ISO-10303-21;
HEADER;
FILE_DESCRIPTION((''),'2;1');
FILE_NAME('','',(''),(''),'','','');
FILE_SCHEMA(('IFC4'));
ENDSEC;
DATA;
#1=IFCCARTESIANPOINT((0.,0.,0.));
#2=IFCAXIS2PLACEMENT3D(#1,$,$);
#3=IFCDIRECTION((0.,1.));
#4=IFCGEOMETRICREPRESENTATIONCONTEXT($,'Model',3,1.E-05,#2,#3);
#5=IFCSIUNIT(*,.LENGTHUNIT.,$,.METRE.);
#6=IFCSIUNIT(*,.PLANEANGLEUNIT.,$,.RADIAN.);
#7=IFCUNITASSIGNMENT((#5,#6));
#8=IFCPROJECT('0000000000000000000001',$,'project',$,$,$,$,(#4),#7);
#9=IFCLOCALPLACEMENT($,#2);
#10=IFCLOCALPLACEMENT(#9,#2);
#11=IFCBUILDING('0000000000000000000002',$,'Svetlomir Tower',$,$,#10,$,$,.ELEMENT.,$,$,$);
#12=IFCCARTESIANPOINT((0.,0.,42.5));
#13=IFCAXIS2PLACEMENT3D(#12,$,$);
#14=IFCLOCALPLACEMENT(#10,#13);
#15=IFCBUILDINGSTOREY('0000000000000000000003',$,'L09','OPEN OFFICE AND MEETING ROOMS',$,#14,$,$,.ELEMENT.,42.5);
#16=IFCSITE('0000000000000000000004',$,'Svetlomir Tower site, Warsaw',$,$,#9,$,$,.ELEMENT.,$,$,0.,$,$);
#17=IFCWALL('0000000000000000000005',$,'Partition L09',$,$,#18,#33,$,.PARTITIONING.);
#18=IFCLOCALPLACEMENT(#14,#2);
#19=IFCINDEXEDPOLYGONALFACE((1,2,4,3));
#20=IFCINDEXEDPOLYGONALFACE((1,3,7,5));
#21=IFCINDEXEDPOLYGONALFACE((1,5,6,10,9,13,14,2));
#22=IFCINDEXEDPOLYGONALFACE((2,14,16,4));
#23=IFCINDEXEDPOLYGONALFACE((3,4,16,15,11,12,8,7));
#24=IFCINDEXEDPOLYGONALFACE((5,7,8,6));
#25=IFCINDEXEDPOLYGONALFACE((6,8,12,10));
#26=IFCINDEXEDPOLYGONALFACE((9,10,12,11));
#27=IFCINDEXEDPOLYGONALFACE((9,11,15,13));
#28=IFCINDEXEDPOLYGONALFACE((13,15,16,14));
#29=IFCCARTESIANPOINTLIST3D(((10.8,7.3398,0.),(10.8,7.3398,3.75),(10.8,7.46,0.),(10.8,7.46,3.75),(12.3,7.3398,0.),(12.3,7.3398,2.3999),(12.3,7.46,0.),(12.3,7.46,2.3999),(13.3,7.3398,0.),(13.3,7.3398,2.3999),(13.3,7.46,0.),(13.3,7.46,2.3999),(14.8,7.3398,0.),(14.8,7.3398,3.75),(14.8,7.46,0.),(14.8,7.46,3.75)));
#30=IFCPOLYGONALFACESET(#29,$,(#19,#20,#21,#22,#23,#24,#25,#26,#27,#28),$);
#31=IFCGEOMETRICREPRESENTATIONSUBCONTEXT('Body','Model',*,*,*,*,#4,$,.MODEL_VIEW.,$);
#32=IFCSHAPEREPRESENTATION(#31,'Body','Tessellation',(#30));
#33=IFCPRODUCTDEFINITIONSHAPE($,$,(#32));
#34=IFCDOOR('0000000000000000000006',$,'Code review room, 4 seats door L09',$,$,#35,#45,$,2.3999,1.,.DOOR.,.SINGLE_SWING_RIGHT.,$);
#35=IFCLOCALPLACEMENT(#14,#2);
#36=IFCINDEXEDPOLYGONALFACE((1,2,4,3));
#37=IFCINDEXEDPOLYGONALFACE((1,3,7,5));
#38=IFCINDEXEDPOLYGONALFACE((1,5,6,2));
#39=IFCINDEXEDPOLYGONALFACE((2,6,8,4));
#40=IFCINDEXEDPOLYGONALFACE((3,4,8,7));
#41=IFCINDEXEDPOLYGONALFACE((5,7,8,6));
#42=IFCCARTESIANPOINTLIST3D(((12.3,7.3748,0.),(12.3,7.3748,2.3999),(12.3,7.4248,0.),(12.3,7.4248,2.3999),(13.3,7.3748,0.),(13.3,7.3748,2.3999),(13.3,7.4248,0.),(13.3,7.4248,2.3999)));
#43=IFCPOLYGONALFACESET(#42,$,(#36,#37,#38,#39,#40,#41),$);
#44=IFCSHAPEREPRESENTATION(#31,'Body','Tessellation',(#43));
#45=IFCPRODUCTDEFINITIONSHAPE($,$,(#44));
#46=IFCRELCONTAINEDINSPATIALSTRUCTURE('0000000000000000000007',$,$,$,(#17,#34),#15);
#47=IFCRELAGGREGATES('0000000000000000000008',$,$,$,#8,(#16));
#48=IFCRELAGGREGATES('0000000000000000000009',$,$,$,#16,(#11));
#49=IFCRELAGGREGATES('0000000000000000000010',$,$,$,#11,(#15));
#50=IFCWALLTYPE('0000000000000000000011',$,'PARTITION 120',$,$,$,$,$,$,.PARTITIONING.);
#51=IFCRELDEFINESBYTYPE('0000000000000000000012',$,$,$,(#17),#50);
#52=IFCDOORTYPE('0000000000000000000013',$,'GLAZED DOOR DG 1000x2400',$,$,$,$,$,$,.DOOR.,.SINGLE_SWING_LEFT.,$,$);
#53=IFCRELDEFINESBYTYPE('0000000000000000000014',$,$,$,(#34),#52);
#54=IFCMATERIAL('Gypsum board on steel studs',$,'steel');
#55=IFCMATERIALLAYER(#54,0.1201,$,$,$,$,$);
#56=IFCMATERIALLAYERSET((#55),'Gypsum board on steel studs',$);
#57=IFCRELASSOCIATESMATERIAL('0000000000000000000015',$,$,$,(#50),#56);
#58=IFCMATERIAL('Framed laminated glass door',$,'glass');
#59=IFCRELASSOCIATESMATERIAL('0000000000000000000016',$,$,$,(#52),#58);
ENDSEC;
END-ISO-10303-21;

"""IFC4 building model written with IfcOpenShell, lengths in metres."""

from ifc_helpers import new_model, si_unit, direction, frame, frame_2d, origin, place, context, subcontext, project, spatial, rectangle, extrude, material, layer, layer_set, type_object, element, fill, save


model = new_model("IFC4")

# Units and contexts
model_context = context("Model", 3, precision=1e-05, world=origin(), true_north=direction((0.0, 1.0)))
body_context = subcontext(model_context, "Body", "Model", "MODEL_VIEW")
ifc_project = project(units=[si_unit("LENGTHUNIT", "METRE"), si_unit("PLANEANGLEUNIT", "RADIAN")], contexts=[model_context])

# Site, building, storey
site_placement = place(None, origin())
site = spatial("IfcSite", under=ifc_project, at=site_placement, Name="Svetlomir Tower site, Warsaw", CompositionType="ELEMENT", RefElevation=0.0)
building_placement = place(site_placement, origin())
building = spatial("IfcBuilding", under=site, at=building_placement, Name="Svetlomir Tower", CompositionType="ELEMENT")
storey_placement = place(building_placement, frame((0.0, 0.0, 42.5)))
storey = spatial("IfcBuildingStorey", under=building, at=storey_placement, Name="L09", Description="OPEN OFFICE AND MEETING ROOMS", CompositionType="ELEMENT", Elevation=42.5)

# Shared definitions
ifc_material_1 = material(Name="Gypsum board on steel studs", Category="steel")
ifc_layer_1 = layer(ifc_material_1, 0.1201)
ifc_layer_set_1 = layer_set([ifc_layer_1], Name="Gypsum board on steel studs")
wall_type_1 = type_object("IfcWallType", Name="PARTITION 120", PredefinedType="PARTITIONING", material=ifc_layer_set_1)
ifc_material_2 = material(Name="Framed laminated glass door", Category="glass")
door_type_1 = type_object("IfcDoorType", Name="GLAZED DOOR DG 1000x2400", OperationType="SINGLE_SWING_LEFT", PredefinedType="DOOR", material=ifc_material_2)

# Wall, opening, door
wall_1_placement = place(storey_placement, frame((10.8, 7.3999, 0.0), z_axis=(0.0, 0.0, 1.0), x_axis=(1.0, 0.0, 0.0)))
wall_1 = element("IfcWall", 1, at=wall_1_placement, inside=storey, type_object=wall_type_1, Name="Partition L09", PredefinedType="PARTITIONING", context=body_context, shape_type="SweptSolid", body=[
    extrude(rectangle(XDim=4.0, YDim=0.1201, at=frame_2d((2.0, 0.0))), origin(), (0.0, 0.0, 1.0), 3.75),
])
opening_1_placement = place(wall_1_placement, frame((1.5, 0.0, 0.0)))
opening_1 = element("IfcOpeningElement", 2, at=opening_1_placement, cuts=wall_1, PredefinedType="OPENING", context=body_context, shape_type="SweptSolid", body=[
    extrude(rectangle(XDim=1.0, YDim=2.3999, at=frame_2d((0.5, 1.2))), frame((0.0, 0.0701, 0.0), z_axis=(0.0, -1.0, 0.0), x_axis=(1.0, 0.0, 0.0)), (0.0, 0.0, 1.0), 0.1401),
])
door_1_placement = place(opening_1_placement, origin())
door_1 = element("IfcDoor", 3, at=door_1_placement, inside=storey, type_object=door_type_1, Name="Code review room, 4 seats door L09", OperationType="SINGLE_SWING_RIGHT", OverallHeight=2.3999, OverallWidth=1.0, PredefinedType="DOOR", context=body_context, shape_type="SweptSolid", body=[
    extrude(rectangle(XDim=1.0, YDim=2.3999, at=frame_2d((0.5, 1.2))), frame((0.0, 0.0249, 0.0), z_axis=(0.0, -1.0, 0.0), x_axis=(1.0, 0.0, 0.0)), (0.0, 0.0, 1.0), 0.05),
])
fill(opening_1, door_1)

save(model, "model.ifc")
